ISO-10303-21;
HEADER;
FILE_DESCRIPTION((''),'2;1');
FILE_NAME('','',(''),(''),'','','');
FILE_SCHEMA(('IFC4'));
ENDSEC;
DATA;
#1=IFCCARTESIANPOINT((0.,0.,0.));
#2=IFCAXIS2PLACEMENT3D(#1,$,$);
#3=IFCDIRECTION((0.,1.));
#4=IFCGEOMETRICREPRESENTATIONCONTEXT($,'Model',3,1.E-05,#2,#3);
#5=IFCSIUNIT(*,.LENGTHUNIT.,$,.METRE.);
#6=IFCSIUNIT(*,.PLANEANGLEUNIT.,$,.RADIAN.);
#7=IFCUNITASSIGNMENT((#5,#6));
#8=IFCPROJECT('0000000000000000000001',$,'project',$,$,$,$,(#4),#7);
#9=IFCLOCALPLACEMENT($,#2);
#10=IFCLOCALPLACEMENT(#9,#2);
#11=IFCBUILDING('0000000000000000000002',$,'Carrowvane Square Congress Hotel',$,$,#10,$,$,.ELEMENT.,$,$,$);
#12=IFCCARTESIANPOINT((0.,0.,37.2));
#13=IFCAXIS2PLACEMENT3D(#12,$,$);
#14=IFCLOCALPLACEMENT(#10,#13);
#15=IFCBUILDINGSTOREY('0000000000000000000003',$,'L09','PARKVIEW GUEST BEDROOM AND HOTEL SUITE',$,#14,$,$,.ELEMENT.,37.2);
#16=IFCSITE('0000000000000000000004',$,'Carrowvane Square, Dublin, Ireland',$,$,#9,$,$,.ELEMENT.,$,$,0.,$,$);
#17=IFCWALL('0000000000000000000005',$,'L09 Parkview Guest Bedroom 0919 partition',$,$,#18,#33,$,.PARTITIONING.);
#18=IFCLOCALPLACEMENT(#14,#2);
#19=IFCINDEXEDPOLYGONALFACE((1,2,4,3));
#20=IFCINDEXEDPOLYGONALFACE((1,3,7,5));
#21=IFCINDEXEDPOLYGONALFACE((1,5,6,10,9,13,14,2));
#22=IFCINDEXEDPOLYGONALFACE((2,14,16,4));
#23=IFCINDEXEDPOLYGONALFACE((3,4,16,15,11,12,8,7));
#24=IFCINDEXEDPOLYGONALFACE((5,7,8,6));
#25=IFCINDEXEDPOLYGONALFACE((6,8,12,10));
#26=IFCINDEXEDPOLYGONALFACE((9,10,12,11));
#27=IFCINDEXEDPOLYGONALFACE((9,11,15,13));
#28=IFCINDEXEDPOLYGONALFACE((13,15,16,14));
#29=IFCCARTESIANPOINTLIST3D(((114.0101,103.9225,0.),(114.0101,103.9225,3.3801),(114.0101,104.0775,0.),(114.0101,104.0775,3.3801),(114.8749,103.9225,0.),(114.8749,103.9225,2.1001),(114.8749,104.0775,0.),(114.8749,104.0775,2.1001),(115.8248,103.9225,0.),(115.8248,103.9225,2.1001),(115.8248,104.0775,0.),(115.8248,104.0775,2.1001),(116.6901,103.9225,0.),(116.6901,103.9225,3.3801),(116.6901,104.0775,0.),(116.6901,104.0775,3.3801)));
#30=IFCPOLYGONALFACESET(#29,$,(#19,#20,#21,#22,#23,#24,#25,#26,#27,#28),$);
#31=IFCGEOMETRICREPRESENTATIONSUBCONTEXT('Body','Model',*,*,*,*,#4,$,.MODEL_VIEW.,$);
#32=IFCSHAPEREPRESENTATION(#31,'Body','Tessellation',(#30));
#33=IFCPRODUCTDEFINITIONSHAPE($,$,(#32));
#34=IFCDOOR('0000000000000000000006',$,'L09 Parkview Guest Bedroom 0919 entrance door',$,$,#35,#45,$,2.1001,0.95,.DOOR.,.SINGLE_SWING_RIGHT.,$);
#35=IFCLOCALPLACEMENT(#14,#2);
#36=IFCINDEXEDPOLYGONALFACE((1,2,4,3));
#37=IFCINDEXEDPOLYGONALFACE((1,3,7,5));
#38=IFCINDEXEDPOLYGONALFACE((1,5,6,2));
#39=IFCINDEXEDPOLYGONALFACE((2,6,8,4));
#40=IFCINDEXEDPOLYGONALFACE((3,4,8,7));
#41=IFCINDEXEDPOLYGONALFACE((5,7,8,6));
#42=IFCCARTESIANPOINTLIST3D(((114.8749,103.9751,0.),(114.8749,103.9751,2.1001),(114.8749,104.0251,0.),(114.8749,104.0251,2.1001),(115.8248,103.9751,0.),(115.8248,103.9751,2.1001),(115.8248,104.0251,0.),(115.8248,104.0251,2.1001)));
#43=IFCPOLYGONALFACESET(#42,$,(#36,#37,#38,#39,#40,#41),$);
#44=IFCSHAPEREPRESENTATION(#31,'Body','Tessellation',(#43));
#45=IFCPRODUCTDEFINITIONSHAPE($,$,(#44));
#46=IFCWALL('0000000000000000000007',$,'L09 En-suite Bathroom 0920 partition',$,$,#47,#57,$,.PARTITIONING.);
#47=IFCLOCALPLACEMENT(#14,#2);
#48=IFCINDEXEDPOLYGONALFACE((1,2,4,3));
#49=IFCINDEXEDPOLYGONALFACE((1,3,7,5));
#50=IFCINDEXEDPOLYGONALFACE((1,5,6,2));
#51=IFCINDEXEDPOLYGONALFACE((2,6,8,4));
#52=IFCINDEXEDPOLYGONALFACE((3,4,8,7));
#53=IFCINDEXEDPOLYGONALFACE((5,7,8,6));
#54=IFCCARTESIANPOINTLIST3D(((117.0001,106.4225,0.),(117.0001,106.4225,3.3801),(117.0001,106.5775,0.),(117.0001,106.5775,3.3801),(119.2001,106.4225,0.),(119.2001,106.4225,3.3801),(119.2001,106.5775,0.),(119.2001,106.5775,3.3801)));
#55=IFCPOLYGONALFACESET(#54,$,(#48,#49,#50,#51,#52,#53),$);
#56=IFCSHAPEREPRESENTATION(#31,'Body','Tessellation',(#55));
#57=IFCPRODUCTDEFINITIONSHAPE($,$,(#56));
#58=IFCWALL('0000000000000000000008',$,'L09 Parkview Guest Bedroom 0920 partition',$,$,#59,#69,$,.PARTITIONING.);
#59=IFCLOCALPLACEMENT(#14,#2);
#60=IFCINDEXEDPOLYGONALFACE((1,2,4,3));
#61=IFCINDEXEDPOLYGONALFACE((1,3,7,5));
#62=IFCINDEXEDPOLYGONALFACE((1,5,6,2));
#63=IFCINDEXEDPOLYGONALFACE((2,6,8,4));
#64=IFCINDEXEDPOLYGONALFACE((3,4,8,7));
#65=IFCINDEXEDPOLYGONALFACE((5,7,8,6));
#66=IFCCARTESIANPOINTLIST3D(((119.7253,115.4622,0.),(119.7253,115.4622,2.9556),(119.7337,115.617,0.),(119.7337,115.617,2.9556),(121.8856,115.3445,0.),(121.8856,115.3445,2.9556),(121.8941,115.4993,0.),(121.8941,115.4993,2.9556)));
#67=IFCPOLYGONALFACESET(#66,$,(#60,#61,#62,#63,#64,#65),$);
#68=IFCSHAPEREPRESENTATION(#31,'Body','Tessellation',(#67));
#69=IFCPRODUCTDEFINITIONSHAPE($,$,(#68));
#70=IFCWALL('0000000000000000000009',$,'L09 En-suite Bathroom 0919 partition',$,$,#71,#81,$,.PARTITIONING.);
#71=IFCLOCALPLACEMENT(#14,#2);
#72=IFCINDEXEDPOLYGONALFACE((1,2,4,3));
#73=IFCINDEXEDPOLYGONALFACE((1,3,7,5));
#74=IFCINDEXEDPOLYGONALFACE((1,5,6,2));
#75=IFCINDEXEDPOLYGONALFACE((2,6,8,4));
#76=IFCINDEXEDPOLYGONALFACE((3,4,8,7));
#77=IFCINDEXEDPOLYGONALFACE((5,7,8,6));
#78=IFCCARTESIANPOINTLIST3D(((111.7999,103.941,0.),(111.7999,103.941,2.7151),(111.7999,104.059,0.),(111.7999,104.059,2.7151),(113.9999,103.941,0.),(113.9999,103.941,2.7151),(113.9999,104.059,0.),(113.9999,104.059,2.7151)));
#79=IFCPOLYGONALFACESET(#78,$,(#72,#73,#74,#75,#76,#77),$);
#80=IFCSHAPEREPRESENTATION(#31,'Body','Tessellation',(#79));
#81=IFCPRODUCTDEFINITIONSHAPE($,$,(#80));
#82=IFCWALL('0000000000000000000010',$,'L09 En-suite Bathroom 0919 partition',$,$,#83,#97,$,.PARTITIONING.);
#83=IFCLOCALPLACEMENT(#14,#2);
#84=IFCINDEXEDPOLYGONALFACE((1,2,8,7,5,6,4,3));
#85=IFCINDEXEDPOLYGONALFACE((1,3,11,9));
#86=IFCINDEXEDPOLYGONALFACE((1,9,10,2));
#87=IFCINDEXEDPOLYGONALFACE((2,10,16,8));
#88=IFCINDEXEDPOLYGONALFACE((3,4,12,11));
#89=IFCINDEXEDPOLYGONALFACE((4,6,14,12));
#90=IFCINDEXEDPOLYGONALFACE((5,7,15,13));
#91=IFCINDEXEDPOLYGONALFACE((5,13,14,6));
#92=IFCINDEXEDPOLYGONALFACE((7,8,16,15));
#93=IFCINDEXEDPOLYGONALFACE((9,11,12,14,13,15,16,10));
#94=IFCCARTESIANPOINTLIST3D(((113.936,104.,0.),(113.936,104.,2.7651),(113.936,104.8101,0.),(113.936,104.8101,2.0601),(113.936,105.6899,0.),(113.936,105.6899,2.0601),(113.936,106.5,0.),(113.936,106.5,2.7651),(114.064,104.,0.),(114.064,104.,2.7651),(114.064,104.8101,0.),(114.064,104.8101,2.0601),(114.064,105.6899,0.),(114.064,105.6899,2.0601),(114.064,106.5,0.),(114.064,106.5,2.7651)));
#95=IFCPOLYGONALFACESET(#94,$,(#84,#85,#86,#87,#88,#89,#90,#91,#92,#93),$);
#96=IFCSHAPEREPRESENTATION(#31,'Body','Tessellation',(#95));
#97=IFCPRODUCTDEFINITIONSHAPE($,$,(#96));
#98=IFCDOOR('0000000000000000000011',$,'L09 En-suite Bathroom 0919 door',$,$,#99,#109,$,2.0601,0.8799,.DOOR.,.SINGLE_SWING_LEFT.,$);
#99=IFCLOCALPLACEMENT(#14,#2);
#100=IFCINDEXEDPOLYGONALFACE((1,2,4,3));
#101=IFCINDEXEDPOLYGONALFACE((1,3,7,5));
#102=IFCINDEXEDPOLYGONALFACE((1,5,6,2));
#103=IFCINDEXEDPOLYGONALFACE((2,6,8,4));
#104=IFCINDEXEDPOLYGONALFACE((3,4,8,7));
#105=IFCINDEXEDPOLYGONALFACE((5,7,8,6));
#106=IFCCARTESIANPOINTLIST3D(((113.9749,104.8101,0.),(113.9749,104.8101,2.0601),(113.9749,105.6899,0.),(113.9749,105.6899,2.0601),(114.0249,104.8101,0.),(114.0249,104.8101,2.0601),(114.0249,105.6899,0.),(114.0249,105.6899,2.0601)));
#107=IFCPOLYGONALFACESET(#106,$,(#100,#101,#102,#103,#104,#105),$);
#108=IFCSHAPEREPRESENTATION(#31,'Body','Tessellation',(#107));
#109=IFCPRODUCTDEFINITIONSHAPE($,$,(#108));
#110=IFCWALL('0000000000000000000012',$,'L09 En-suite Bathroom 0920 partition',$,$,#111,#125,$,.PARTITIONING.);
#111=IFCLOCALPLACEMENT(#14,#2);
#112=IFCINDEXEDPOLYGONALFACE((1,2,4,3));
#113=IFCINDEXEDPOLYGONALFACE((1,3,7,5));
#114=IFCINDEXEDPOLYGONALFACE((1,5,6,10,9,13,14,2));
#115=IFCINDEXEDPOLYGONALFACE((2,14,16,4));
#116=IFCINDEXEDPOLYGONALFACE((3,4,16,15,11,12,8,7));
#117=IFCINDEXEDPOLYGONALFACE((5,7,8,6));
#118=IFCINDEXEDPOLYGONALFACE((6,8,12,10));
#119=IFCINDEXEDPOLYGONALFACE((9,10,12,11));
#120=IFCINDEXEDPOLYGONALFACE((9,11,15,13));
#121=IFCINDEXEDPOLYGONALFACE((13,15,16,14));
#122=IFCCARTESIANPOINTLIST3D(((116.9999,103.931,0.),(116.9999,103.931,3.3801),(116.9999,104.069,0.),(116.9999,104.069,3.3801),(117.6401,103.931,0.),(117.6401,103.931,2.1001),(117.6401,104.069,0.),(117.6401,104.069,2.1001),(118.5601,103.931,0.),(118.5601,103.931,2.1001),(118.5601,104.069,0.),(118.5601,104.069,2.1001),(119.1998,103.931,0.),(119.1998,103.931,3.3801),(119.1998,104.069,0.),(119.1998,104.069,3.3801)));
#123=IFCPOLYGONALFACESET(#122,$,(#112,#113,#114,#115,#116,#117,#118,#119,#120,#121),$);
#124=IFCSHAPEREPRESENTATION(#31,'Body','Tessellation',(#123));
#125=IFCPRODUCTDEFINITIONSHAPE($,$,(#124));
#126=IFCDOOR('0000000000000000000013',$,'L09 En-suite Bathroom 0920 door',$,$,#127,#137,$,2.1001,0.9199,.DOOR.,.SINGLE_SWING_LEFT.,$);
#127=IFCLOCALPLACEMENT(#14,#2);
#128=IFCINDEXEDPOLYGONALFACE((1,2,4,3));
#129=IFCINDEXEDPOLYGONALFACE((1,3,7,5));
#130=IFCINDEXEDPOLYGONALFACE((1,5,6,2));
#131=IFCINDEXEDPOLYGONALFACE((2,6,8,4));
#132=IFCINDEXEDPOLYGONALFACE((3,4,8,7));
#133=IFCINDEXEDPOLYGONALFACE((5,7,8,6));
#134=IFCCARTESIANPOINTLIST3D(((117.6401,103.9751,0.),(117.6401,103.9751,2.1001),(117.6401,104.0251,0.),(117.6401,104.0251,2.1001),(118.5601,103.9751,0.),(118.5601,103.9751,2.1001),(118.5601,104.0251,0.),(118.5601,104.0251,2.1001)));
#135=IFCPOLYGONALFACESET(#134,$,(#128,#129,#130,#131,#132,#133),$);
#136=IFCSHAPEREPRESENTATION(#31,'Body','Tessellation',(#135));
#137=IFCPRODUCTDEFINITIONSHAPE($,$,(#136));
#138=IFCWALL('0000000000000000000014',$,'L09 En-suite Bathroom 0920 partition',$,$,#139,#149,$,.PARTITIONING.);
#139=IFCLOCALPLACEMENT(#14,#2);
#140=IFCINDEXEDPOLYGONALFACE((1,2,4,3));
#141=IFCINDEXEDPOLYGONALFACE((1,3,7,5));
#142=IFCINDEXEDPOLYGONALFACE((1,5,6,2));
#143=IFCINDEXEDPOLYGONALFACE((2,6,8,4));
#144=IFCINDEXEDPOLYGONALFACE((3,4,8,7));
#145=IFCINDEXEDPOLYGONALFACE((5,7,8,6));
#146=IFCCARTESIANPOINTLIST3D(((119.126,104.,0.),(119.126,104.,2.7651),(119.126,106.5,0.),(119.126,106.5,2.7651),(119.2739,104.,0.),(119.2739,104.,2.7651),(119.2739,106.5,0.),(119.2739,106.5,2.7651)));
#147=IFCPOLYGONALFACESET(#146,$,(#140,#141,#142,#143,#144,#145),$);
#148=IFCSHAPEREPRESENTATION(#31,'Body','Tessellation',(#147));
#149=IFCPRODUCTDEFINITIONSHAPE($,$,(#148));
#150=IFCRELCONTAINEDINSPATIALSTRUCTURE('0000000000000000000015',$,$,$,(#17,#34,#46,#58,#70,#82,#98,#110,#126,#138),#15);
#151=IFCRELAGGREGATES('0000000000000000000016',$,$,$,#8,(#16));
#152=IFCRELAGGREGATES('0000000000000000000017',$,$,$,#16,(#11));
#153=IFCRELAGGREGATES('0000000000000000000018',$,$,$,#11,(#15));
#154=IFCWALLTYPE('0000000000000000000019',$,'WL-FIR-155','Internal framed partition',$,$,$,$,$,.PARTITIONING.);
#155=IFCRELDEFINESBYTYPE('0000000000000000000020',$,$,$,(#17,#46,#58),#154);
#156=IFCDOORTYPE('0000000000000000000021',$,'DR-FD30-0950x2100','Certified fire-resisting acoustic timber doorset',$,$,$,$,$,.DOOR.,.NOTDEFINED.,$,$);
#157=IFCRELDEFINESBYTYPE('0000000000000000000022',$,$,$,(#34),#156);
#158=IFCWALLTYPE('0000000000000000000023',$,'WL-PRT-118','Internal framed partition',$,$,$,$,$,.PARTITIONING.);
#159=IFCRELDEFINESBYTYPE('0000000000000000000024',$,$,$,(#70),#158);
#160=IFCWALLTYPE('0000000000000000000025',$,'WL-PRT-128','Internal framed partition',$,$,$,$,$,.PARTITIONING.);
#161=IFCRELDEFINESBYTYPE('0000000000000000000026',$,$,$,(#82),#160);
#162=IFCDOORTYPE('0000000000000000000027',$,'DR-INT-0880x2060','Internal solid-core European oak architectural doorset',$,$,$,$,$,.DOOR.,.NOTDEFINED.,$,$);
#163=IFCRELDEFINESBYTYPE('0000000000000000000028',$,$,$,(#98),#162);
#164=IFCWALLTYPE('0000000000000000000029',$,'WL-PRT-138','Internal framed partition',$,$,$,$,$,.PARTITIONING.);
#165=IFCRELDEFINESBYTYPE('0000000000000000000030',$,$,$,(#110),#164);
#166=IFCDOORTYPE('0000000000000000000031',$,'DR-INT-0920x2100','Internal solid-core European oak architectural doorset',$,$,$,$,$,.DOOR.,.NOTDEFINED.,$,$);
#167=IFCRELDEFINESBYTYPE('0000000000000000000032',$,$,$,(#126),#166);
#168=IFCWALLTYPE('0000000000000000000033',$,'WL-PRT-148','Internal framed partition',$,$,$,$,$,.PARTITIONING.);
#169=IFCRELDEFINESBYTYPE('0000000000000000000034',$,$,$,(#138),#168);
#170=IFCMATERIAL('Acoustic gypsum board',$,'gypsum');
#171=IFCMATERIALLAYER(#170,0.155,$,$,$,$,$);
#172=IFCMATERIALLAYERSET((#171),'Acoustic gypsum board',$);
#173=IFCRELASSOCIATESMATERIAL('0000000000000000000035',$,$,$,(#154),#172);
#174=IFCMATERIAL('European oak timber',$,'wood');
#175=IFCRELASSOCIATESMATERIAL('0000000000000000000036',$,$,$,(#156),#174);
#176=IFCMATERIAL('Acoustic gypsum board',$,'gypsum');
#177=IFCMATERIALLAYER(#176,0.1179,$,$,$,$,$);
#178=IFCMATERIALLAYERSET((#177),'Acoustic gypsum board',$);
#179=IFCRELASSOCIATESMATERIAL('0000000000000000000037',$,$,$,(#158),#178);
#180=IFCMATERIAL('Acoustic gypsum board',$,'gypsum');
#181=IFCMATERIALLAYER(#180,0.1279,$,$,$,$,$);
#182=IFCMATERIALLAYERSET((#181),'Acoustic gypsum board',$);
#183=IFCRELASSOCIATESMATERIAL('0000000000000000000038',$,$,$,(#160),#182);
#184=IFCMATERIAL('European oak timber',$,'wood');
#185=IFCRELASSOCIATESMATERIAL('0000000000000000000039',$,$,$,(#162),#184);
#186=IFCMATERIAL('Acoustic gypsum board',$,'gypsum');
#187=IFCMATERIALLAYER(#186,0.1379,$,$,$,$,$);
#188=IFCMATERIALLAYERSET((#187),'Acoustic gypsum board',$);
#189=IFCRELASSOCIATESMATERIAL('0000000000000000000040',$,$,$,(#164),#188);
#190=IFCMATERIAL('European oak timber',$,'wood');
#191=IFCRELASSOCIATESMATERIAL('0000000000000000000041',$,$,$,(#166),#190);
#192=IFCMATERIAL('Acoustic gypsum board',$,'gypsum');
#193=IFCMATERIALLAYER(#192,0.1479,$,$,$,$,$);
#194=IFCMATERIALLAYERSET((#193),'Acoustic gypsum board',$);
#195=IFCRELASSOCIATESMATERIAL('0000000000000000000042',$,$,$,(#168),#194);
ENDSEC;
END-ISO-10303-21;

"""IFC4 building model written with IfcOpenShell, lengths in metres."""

from ifc_helpers import new_model, si_unit, direction, frame, frame_2d, origin, place, context, subcontext, project, spatial, rectangle, extrude, material, layer, layer_set, type_object, element, fill, save


model = new_model("IFC4")

# Units and contexts
model_context = context("Model", 3, precision=1e-05, world=origin(), true_north=direction((0.0, 1.0)))
body_context = subcontext(model_context, "Body", "Model", "MODEL_VIEW")
ifc_project = project(units=[si_unit("LENGTHUNIT", "METRE"), si_unit("PLANEANGLEUNIT", "RADIAN")], contexts=[model_context])

# Site, building, storey
site_placement = place(None, origin())
site = spatial("IfcSite", under=ifc_project, at=site_placement, Name="Carrowvane Square, Dublin, Ireland", CompositionType="ELEMENT", RefElevation=0.0)
building_placement = place(site_placement, origin())
building = spatial("IfcBuilding", under=site, at=building_placement, Name="Carrowvane Square Congress Hotel", CompositionType="ELEMENT")
storey_placement = place(building_placement, frame((0.0, 0.0, 37.2)))
storey = spatial("IfcBuildingStorey", under=building, at=storey_placement, Name="L09", Description="PARKVIEW GUEST BEDROOM AND HOTEL SUITE", CompositionType="ELEMENT", Elevation=37.2)

# Wall, opening, door
ifc_material_1 = material(Name="Acoustic gypsum board", Category="gypsum")
ifc_layer_1 = layer(ifc_material_1, 0.155)
ifc_layer_set_1 = layer_set([ifc_layer_1], Name="Acoustic gypsum board")
wall_type_1 = type_object("IfcWallType", Name="WL-FIR-155", Description="Internal framed partition", PredefinedType="PARTITIONING", material=ifc_layer_set_1)
wall_1_placement = place(storey_placement, frame((116.6899, 104.0, 0.0), z_axis=(0.0, 0.0, 1.0), x_axis=(-1.0, 0.0, 0.0)))
wall_1 = element("IfcWall", 1, at=wall_1_placement, inside=storey, type_object=wall_type_1, Name="L09 Parkview Guest Bedroom 0919 partition", PredefinedType="PARTITIONING", context=body_context, shape_type="SweptSolid", body=[
    extrude(rectangle(XDim=2.6799, YDim=0.155, at=frame_2d((1.3398, 0.0))), origin(), (0.0, 0.0, 1.0), 3.3801),
])
opening_1_placement = place(wall_1_placement, frame((0.865, 0.0, 0.0)))
opening_1 = element("IfcOpeningElement", 2, at=opening_1_placement, cuts=wall_1, PredefinedType="OPENING", context=body_context, shape_type="SweptSolid", body=[
    extrude(rectangle(XDim=0.95, YDim=2.1001, at=frame_2d((0.4751, 1.05))), frame((0.0, 0.0874, 0.0), z_axis=(0.0, -1.0, 0.0), x_axis=(1.0, 0.0, 0.0)), (0.0, 0.0, 1.0), 0.175),
])
ifc_material_2 = material(Name="European oak timber", Category="wood")
door_type_1 = type_object("IfcDoorType", Name="DR-FD30-0950x2100", Description="Certified fire-resisting acoustic timber doorset", OperationType="NOTDEFINED", PredefinedType="DOOR", material=ifc_material_2)
door_1_placement = place(opening_1_placement, origin())
door_1 = element("IfcDoor", 3, at=door_1_placement, inside=storey, type_object=door_type_1, Name="L09 Parkview Guest Bedroom 0919 entrance door", OperationType="SINGLE_SWING_RIGHT", OverallHeight=2.1001, OverallWidth=0.95, PredefinedType="DOOR", context=body_context, shape_type="SweptSolid", body=[
    extrude(rectangle(XDim=0.95, YDim=2.1001, at=frame_2d((0.4751, 1.05))), frame((0.0, 0.0249, 0.0), z_axis=(0.0, -1.0, 0.0), x_axis=(1.0, 0.0, 0.0)), (0.0, 0.0, 1.0), 0.05),
])
fill(opening_1, door_1)

# Walls
wall_2_placement = place(storey_placement, frame((117.0, 106.5, 0.0), z_axis=(0.0, 0.0, 1.0), x_axis=(1.0, 0.0, 0.0)))
element("IfcWall", 4, at=wall_2_placement, inside=storey, type_object=wall_type_1, Name="L09 En-suite Bathroom 0920 partition", PredefinedType="PARTITIONING", context=body_context, shape_type="SweptSolid", body=[
    extrude(rectangle(XDim=2.2, YDim=0.155, at=frame_2d((1.1001, 0.0))), origin(), (0.0, 0.0, 1.0), 3.3801),
])
wall_3_placement = place(storey_placement, frame((119.7295, 115.5396, 0.0), z_axis=(0.0, 0.0, 1.0), x_axis=(0.99852, -0.054389, 0.0)))
element("IfcWall", 5, at=wall_3_placement, inside=storey, type_object=wall_type_1, Name="L09 Parkview Guest Bedroom 0920 partition", PredefinedType="PARTITIONING", context=body_context, shape_type="SweptSolid", body=[
    extrude(rectangle(XDim=2.1636, YDim=0.155, at=frame_2d((1.0818, 0.0))), origin(), (0.0, 0.0, 1.0), 2.9556),
])
ifc_material_3 = material(Name="Acoustic gypsum board", Category="gypsum")
ifc_layer_2 = layer(ifc_material_3, 0.1179)
ifc_layer_set_2 = layer_set([ifc_layer_2], Name="Acoustic gypsum board")
wall_type_2 = type_object("IfcWallType", Name="WL-PRT-118", Description="Internal framed partition", PredefinedType="PARTITIONING", material=ifc_layer_set_2)
wall_4_placement = place(storey_placement, frame((114.0, 104.0, 0.0), z_axis=(0.0, 0.0, 1.0), x_axis=(-1.0, 0.0, 0.0)))
element("IfcWall", 6, at=wall_4_placement, inside=storey, type_object=wall_type_2, Name="L09 En-suite Bathroom 0919 partition", PredefinedType="PARTITIONING", context=body_context, shape_type="SweptSolid", body=[
    extrude(rectangle(XDim=2.2, YDim=0.1179, at=frame_2d((1.1001, 0.0))), origin(), (0.0, 0.0, 1.0), 2.7151),
])

# Walls, openings, doors
ifc_material_4 = material(Name="Acoustic gypsum board", Category="gypsum")
ifc_layer_3 = layer(ifc_material_4, 0.1279)
ifc_layer_set_3 = layer_set([ifc_layer_3], Name="Acoustic gypsum board")
wall_type_3 = type_object("IfcWallType", Name="WL-PRT-128", Description="Internal framed partition", PredefinedType="PARTITIONING", material=ifc_layer_set_3)
wall_5_placement = place(storey_placement, frame((114.0, 106.5, 0.0), z_axis=(0.0, 0.0, 1.0), x_axis=(0.0, -1.0, 0.0)))
wall_5 = element("IfcWall", 7, at=wall_5_placement, inside=storey, type_object=wall_type_3, Name="L09 En-suite Bathroom 0919 partition", PredefinedType="PARTITIONING", context=body_context, shape_type="SweptSolid", body=[
    extrude(rectangle(XDim=2.5, YDim=0.1279, at=frame_2d((1.25, 0.0))), origin(), (0.0, 0.0, 1.0), 2.7651),
])
opening_2_placement = place(wall_5_placement, frame((0.8101, 0.0, 0.0)))
opening_2 = element("IfcOpeningElement", 8, at=opening_2_placement, cuts=wall_5, PredefinedType="OPENING", context=body_context, shape_type="SweptSolid", body=[
    extrude(rectangle(XDim=0.8799, YDim=2.0601, at=frame_2d((0.4399, 1.03))), frame((0.0, 0.074, 0.0), z_axis=(0.0, -1.0, 0.0), x_axis=(1.0, 0.0, 0.0)), (0.0, 0.0, 1.0), 0.1479),
])
ifc_material_5 = material(Name="European oak timber", Category="wood")
door_type_2 = type_object("IfcDoorType", Name="DR-INT-0880x2060", Description="Internal solid-core European oak architectural doorset", OperationType="NOTDEFINED", PredefinedType="DOOR", material=ifc_material_5)
door_2_placement = place(opening_2_placement, origin())
door_2 = element("IfcDoor", 9, at=door_2_placement, inside=storey, type_object=door_type_2, Name="L09 En-suite Bathroom 0919 door", OperationType="SINGLE_SWING_LEFT", OverallHeight=2.0601, OverallWidth=0.8799, PredefinedType="DOOR", context=body_context, shape_type="SweptSolid", body=[
    extrude(rectangle(XDim=0.8799, YDim=2.0601, at=frame_2d((0.4399, 1.03))), frame((0.0, 0.0249, 0.0), z_axis=(0.0, -1.0, 0.0), x_axis=(1.0, 0.0, 0.0)), (0.0, 0.0, 1.0), 0.05),
])
fill(opening_2, door_2)
ifc_material_6 = material(Name="Acoustic gypsum board", Category="gypsum")
ifc_layer_4 = layer(ifc_material_6, 0.1379)
ifc_layer_set_4 = layer_set([ifc_layer_4], Name="Acoustic gypsum board")
wall_type_4 = type_object("IfcWallType", Name="WL-PRT-138", Description="Internal framed partition", PredefinedType="PARTITIONING", material=ifc_layer_set_4)
wall_6_placement = place(storey_placement, frame((119.2, 104.0, 0.0), z_axis=(0.0, 0.0, 1.0), x_axis=(-1.0, 0.0, 0.0)))
wall_6 = element("IfcWall", 10, at=wall_6_placement, inside=storey, type_object=wall_type_4, Name="L09 En-suite Bathroom 0920 partition", PredefinedType="PARTITIONING", context=body_context, shape_type="SweptSolid", body=[
    extrude(rectangle(XDim=2.2, YDim=0.1379, at=frame_2d((1.1001, 0.0))), origin(), (0.0, 0.0, 1.0), 3.3801),
])
opening_3_placement = place(wall_6_placement, frame((0.6399, 0.0, 0.0)))
opening_3 = element("IfcOpeningElement", 11, at=opening_3_placement, cuts=wall_6, PredefinedType="OPENING", context=body_context, shape_type="SweptSolid", body=[
    extrude(rectangle(XDim=0.9199, YDim=2.1001, at=frame_2d((0.46, 1.05))), frame((0.0, 0.0789, 0.0), z_axis=(0.0, -1.0, 0.0), x_axis=(1.0, 0.0, 0.0)), (0.0, 0.0, 1.0), 0.158),
])
ifc_material_7 = material(Name="European oak timber", Category="wood")
door_type_3 = type_object("IfcDoorType", Name="DR-INT-0920x2100", Description="Internal solid-core European oak architectural doorset", OperationType="NOTDEFINED", PredefinedType="DOOR", material=ifc_material_7)
door_3_placement = place(opening_3_placement, origin())
door_3 = element("IfcDoor", 12, at=door_3_placement, inside=storey, type_object=door_type_3, Name="L09 En-suite Bathroom 0920 door", OperationType="SINGLE_SWING_LEFT", OverallHeight=2.1001, OverallWidth=0.9199, PredefinedType="DOOR", context=body_context, shape_type="SweptSolid", body=[
    extrude(rectangle(XDim=0.9199, YDim=2.1001, at=frame_2d((0.46, 1.05))), frame((0.0, 0.0249, 0.0), z_axis=(0.0, -1.0, 0.0), x_axis=(1.0, 0.0, 0.0)), (0.0, 0.0, 1.0), 0.05),
])
fill(opening_3, door_3)

# Wall
ifc_material_8 = material(Name="Acoustic gypsum board", Category="gypsum")
ifc_layer_5 = layer(ifc_material_8, 0.1479)
ifc_layer_set_5 = layer_set([ifc_layer_5], Name="Acoustic gypsum board")
wall_type_5 = type_object("IfcWallType", Name="WL-PRT-148", Description="Internal framed partition", PredefinedType="PARTITIONING", material=ifc_layer_set_5)
wall_7_placement = place(storey_placement, frame((119.2, 106.5, 0.0), z_axis=(0.0, 0.0, 1.0), x_axis=(0.0, -1.0, 0.0)))
element("IfcWall", 13, at=wall_7_placement, inside=storey, type_object=wall_type_5, Name="L09 En-suite Bathroom 0920 partition", PredefinedType="PARTITIONING", context=body_context, shape_type="SweptSolid", body=[
    extrude(rectangle(XDim=2.5, YDim=0.1479, at=frame_2d((1.25, 0.0))), origin(), (0.0, 0.0, 1.0), 2.7651),
])

save(model, "model.ifc")
